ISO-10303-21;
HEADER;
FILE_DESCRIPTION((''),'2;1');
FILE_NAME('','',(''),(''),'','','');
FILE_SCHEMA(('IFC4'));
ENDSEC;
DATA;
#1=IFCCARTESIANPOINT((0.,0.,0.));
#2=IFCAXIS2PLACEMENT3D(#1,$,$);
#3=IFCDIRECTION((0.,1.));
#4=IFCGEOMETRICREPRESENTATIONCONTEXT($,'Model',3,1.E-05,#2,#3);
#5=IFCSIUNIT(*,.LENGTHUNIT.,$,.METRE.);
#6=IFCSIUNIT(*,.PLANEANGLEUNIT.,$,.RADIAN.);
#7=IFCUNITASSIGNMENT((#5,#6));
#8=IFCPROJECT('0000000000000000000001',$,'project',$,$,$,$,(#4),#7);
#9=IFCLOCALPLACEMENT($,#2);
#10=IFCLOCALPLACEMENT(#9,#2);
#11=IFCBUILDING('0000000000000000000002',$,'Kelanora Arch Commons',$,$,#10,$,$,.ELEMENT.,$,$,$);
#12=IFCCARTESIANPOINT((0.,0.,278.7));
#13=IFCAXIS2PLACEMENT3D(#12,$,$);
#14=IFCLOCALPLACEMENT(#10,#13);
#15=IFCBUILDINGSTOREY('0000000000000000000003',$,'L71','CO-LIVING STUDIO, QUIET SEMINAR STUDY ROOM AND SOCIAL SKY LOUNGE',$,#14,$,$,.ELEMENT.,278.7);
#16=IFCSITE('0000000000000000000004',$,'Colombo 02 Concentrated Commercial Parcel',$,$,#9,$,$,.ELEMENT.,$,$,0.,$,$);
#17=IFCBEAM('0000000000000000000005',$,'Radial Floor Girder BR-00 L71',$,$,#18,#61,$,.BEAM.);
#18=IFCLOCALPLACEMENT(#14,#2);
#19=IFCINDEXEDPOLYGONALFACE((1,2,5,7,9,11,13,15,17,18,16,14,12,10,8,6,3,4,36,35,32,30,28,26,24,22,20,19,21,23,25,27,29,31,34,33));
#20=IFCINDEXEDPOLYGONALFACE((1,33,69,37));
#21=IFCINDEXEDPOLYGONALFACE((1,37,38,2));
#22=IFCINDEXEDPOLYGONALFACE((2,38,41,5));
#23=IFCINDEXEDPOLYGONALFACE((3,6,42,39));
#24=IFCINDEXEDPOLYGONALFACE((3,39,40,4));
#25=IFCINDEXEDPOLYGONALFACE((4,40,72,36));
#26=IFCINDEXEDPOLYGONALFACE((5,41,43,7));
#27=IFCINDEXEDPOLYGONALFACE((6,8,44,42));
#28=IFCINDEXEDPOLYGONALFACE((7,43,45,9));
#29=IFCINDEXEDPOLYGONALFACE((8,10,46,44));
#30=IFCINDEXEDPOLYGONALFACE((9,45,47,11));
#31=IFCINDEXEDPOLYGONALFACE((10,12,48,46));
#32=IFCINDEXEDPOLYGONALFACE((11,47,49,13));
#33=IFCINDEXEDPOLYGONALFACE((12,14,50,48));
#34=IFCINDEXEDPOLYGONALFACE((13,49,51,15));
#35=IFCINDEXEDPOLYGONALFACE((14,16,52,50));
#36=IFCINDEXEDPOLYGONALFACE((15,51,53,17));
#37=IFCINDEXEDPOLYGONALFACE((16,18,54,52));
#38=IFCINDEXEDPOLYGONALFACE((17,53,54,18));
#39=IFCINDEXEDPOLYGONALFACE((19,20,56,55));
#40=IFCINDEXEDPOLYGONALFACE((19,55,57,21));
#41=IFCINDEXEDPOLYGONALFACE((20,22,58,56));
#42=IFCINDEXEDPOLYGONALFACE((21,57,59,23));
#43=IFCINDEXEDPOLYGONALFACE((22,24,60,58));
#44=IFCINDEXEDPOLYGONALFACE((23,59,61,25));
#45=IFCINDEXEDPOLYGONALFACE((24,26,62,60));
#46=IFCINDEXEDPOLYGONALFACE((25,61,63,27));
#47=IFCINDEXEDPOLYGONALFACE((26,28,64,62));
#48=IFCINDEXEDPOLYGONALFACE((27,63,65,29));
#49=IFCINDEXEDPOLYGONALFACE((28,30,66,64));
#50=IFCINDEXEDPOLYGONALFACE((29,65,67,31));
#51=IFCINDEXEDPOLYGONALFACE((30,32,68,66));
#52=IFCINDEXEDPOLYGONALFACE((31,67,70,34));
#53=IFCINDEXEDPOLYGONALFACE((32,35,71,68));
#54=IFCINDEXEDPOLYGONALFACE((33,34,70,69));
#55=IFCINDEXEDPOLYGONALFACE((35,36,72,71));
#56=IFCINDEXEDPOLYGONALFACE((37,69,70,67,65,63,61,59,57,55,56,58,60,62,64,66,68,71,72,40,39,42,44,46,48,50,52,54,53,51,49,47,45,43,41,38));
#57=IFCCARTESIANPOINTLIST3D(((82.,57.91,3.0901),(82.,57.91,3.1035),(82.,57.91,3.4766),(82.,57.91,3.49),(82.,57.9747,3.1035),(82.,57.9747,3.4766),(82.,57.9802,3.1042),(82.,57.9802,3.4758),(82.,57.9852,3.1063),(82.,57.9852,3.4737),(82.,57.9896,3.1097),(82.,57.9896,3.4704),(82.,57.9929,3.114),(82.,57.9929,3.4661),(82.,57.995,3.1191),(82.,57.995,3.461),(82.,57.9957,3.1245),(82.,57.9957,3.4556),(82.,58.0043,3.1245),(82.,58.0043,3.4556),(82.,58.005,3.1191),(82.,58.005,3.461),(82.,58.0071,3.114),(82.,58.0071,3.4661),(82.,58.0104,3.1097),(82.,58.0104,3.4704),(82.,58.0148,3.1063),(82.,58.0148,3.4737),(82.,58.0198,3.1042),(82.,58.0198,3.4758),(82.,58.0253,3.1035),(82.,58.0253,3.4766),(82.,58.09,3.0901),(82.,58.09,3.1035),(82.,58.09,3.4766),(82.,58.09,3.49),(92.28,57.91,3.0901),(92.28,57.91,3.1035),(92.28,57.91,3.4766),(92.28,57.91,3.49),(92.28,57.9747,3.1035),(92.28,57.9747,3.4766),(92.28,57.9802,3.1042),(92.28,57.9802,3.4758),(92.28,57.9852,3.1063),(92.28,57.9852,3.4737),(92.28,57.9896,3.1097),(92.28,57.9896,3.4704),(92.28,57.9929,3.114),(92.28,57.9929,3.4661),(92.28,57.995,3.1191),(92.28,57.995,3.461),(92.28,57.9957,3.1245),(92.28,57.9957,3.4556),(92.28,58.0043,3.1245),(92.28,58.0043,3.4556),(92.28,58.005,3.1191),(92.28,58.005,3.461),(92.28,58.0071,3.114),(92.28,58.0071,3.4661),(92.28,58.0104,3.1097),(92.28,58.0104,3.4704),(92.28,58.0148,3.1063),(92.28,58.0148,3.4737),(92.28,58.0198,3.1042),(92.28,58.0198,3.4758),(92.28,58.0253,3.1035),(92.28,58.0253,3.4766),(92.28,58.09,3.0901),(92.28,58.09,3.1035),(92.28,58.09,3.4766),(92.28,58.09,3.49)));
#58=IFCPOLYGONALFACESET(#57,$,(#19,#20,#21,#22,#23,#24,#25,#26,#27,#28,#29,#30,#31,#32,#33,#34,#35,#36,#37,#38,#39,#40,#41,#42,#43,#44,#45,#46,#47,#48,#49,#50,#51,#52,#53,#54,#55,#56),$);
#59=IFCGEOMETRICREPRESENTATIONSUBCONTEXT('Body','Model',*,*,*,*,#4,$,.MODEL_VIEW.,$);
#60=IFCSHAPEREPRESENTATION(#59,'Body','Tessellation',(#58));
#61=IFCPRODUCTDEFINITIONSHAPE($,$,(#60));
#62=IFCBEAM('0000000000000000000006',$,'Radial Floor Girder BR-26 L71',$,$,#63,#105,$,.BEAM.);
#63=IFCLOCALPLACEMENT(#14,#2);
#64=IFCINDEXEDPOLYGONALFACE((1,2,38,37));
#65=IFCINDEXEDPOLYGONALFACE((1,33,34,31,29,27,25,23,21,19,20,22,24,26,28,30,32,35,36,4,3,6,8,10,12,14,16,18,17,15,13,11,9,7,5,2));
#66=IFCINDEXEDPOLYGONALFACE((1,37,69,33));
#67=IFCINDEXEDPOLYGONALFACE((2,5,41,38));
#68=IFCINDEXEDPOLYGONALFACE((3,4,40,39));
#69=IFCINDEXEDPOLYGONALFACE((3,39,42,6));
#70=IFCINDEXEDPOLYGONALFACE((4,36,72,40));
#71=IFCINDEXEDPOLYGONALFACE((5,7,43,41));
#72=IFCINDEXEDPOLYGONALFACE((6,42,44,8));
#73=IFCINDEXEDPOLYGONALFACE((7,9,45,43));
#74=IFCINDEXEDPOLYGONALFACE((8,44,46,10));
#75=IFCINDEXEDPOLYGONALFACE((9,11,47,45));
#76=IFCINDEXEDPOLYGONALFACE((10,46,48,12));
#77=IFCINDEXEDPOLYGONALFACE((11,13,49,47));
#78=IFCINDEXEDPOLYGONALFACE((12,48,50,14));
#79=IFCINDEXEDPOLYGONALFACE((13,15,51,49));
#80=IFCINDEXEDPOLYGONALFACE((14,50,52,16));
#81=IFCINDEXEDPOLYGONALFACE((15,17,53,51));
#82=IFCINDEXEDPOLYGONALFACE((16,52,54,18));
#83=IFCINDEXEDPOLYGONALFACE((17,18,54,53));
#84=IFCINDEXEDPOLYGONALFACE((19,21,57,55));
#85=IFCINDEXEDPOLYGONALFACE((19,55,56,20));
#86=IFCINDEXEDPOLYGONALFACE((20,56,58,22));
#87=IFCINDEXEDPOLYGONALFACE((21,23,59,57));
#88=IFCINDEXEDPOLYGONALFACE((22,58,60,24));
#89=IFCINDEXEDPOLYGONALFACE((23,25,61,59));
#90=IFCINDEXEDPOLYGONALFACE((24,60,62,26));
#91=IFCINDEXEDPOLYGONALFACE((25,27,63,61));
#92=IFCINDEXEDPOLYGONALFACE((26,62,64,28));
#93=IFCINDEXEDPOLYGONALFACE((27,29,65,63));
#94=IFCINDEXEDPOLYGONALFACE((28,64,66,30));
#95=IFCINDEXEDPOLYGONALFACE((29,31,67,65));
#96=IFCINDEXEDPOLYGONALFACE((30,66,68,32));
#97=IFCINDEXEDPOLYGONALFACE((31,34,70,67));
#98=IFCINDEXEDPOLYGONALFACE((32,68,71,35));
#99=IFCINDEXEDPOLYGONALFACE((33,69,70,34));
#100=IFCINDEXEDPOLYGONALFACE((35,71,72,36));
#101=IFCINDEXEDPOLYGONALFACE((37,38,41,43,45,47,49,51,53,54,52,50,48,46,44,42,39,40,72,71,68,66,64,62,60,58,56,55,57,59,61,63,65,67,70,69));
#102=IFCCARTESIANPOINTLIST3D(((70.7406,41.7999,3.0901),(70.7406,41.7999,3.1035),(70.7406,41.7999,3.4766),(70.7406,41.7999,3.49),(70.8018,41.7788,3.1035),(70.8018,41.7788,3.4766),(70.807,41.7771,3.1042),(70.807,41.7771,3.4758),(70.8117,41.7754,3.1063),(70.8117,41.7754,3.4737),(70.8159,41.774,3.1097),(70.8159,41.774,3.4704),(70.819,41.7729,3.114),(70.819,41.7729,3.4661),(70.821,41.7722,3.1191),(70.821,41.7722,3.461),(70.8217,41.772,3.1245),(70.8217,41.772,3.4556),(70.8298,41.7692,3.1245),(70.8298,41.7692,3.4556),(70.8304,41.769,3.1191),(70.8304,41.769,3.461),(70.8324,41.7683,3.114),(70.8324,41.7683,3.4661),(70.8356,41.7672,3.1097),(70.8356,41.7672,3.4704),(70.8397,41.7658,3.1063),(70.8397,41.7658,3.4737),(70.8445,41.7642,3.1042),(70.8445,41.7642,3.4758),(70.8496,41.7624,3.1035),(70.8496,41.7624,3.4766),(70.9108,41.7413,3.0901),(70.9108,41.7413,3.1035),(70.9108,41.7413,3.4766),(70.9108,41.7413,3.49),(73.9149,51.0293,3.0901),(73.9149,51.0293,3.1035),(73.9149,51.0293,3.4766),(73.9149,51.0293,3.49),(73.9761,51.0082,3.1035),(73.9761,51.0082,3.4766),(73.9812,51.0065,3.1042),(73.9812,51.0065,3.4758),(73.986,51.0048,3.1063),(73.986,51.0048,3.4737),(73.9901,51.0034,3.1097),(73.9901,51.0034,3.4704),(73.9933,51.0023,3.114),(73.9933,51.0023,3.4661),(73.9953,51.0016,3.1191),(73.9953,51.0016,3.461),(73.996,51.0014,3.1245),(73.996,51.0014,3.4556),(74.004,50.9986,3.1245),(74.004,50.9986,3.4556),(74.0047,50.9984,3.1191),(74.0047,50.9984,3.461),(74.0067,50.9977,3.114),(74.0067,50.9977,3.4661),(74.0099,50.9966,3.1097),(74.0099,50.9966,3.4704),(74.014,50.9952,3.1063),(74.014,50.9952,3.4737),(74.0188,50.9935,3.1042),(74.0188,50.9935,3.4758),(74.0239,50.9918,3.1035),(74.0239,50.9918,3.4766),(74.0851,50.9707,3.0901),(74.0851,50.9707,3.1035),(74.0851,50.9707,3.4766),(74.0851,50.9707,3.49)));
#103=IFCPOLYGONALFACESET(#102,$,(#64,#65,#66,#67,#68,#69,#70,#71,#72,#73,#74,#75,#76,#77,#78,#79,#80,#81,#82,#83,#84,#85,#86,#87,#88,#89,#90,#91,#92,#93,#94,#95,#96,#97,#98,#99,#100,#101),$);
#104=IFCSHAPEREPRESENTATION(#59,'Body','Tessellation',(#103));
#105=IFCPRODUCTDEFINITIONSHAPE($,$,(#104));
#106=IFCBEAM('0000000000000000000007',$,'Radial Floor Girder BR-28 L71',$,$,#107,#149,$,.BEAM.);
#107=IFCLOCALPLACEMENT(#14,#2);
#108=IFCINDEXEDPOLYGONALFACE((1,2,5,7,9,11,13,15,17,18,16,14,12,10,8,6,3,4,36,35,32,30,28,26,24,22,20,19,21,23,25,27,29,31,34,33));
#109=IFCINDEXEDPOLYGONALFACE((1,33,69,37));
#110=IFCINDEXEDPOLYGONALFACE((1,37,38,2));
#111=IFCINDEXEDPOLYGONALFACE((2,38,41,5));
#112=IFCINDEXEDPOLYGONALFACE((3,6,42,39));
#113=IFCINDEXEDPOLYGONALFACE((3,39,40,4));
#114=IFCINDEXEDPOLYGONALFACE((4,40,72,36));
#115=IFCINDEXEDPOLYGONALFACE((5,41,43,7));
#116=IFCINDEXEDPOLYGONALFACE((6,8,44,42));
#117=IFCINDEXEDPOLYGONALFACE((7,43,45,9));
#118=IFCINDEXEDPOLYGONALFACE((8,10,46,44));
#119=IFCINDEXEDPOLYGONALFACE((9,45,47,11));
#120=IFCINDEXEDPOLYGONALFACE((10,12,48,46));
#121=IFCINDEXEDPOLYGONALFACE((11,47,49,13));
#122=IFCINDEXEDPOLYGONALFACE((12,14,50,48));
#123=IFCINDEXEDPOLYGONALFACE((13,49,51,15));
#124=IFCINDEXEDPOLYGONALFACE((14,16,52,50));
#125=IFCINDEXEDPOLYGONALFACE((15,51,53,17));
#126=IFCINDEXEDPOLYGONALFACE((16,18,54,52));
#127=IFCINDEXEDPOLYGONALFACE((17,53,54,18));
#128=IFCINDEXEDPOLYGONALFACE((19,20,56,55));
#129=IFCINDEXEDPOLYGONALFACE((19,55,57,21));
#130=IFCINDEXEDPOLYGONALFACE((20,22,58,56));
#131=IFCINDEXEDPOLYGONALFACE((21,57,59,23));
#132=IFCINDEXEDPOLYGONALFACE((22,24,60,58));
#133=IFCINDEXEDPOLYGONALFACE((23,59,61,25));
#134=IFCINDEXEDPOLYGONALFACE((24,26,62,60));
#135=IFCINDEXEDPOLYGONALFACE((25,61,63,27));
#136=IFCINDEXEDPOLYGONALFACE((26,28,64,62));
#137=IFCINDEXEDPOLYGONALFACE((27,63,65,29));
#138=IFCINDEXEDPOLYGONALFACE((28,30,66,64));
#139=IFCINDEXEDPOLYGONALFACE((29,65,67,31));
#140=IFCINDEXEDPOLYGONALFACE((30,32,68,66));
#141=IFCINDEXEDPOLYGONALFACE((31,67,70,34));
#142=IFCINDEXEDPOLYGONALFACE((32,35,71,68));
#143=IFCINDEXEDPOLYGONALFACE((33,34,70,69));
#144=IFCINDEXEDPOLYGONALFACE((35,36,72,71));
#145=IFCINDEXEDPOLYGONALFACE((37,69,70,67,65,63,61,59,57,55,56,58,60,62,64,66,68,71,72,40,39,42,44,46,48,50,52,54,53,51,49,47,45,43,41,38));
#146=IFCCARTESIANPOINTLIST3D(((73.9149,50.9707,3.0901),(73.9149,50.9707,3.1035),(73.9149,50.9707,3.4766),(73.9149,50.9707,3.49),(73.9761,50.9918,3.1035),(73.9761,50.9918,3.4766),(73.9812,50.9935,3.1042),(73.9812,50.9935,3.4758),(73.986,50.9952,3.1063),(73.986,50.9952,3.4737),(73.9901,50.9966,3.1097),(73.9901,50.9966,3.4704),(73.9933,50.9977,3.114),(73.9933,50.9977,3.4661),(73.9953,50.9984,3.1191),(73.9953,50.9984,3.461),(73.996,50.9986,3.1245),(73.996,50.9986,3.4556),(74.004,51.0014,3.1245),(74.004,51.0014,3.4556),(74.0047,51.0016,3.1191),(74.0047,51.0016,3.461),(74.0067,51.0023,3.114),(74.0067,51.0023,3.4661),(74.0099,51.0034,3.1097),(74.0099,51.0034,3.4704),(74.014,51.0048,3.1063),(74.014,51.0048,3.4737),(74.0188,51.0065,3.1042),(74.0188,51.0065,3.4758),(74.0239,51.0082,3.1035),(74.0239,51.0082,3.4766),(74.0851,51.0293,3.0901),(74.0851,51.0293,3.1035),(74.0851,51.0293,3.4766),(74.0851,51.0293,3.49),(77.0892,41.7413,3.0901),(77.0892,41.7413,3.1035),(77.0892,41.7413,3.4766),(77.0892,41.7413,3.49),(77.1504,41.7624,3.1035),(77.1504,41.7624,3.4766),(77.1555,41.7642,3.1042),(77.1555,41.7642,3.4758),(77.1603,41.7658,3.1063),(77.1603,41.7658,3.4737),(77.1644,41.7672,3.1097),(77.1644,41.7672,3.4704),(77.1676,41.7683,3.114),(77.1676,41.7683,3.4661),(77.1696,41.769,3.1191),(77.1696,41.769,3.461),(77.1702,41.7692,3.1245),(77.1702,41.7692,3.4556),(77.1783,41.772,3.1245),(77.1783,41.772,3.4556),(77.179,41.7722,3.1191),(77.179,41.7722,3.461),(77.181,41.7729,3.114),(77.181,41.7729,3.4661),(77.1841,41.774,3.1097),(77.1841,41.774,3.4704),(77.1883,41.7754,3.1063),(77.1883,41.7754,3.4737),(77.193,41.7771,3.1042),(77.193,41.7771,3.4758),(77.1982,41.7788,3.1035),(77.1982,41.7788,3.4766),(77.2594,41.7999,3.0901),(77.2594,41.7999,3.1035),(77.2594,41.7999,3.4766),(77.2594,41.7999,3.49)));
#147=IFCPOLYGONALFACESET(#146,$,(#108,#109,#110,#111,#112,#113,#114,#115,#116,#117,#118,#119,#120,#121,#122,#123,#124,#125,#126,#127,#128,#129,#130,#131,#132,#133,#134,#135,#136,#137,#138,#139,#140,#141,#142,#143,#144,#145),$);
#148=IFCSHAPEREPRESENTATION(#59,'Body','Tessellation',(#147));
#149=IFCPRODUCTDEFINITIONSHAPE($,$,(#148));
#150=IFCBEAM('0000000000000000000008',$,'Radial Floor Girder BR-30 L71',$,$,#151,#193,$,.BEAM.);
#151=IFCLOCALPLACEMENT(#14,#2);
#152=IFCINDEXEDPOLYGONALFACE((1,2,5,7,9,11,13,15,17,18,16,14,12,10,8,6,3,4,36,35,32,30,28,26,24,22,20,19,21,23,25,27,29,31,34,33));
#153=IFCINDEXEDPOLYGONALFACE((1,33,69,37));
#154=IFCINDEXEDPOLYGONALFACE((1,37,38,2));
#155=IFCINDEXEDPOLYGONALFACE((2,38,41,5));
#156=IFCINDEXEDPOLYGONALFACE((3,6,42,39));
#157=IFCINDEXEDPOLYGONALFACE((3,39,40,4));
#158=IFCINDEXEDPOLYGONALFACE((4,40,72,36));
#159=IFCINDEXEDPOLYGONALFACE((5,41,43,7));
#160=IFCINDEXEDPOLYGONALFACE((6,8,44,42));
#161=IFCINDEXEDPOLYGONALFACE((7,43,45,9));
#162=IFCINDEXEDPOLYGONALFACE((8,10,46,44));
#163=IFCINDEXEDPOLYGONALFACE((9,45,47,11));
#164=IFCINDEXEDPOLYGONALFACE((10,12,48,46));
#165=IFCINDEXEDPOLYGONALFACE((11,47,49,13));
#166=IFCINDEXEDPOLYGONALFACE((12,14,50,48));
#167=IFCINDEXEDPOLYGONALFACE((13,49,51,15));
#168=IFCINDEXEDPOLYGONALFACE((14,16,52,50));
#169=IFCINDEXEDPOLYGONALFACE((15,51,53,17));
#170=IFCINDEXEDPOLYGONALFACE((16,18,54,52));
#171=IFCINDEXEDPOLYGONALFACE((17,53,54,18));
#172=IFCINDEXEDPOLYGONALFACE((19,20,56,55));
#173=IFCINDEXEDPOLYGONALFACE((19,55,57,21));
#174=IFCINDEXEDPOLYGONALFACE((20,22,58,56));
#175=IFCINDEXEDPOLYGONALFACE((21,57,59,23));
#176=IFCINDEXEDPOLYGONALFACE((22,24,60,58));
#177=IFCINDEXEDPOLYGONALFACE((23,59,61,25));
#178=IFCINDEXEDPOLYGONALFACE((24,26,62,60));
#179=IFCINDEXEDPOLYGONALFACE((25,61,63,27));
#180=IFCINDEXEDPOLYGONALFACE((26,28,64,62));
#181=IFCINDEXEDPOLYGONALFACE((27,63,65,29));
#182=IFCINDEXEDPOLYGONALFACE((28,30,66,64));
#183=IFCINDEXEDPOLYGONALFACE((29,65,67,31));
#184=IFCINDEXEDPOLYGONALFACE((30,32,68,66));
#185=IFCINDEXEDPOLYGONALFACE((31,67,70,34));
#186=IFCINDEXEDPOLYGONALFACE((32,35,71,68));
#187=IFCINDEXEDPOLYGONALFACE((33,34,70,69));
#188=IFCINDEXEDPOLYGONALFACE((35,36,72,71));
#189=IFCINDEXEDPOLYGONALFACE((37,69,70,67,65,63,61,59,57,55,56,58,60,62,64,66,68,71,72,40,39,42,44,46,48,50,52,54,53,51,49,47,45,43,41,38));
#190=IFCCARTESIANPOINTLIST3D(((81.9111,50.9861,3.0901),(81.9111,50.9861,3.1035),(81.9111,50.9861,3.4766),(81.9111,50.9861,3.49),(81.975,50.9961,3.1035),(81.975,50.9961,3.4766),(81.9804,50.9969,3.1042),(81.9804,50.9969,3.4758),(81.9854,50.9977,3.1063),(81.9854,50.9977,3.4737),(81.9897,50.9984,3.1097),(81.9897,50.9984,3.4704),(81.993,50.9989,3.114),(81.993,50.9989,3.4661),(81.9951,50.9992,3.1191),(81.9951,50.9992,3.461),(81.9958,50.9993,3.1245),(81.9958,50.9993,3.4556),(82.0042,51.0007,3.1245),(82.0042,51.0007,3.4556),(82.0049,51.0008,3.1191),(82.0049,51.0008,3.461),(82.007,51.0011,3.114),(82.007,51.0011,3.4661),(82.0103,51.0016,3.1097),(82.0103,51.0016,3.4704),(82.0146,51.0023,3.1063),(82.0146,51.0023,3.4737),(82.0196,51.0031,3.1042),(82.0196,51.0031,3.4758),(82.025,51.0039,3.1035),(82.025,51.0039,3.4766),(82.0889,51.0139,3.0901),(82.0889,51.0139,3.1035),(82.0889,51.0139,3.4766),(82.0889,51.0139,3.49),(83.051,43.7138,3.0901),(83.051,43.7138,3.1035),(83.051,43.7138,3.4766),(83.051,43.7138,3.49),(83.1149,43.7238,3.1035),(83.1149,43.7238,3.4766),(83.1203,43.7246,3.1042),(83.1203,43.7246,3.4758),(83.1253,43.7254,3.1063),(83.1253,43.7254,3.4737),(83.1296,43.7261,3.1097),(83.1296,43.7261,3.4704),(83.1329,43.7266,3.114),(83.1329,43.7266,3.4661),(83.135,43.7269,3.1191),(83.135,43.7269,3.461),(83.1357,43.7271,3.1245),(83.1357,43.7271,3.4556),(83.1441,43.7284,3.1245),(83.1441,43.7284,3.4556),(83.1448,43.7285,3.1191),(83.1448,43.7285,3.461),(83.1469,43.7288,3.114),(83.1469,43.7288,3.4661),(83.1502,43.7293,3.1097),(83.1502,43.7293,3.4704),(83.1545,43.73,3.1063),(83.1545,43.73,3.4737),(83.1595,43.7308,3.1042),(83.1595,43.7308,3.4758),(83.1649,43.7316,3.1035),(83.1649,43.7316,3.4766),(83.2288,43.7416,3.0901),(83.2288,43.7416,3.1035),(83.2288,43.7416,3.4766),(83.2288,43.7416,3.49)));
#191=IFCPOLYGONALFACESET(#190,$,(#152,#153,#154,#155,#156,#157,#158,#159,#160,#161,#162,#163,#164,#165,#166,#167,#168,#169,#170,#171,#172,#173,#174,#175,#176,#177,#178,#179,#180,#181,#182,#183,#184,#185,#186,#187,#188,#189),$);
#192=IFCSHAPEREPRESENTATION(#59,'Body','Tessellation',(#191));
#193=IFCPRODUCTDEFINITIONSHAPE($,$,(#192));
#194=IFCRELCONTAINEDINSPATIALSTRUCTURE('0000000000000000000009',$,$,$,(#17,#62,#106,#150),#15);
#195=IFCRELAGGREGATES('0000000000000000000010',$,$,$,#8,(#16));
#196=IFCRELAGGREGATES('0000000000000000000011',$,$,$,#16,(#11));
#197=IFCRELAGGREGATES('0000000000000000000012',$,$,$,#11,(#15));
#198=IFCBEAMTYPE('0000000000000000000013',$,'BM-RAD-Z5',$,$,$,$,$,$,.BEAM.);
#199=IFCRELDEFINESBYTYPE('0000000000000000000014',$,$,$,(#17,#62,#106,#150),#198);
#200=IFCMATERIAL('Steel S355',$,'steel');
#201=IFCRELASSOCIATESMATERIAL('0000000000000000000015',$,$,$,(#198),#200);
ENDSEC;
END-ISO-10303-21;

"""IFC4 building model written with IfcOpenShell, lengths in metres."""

from ifc_helpers import new_model, si_unit, direction, frame, origin, origin_2d, place, context, subcontext, project, spatial, i_section, extrude, material, material_profile, profile_set, type_object, element, save


model = new_model("IFC4")

# Units and contexts
model_context = context("Model", 3, precision=1e-05, world=origin(), true_north=direction((0.0, 1.0)))
body_context = subcontext(model_context, "Body", "Model", "MODEL_VIEW")
ifc_project = project(units=[si_unit("LENGTHUNIT", "METRE"), si_unit("PLANEANGLEUNIT", "RADIAN")], contexts=[model_context])

# Site, building, storey
site_placement = place(None, origin())
site = spatial("IfcSite", under=ifc_project, at=site_placement, Name="Colombo 02 Concentrated Commercial Parcel", CompositionType="ELEMENT", RefElevation=0.0)
building_placement = place(site_placement, origin())
building = spatial("IfcBuilding", under=site, at=building_placement, Name="Kelanora Arch Commons", CompositionType="ELEMENT")
storey_placement = place(building_placement, frame((0.0, 0.0, 278.7)))
storey = spatial("IfcBuildingStorey", under=building, at=storey_placement, Name="L71", Description="CO-LIVING STUDIO, QUIET SEMINAR STUDY ROOM AND SOCIAL SKY LOUNGE", CompositionType="ELEMENT", Elevation=278.7)

# Beams
ifc_material_1 = material(Name="Steel S355", Category="steel")
ifc_material_profile_1 = material_profile(ifc_material_1, i_section(OverallWidth=0.1799, OverallDepth=0.3999, WebThickness=0.0085, FlangeThickness=0.0134, FilletRadius=0.021, at=origin_2d()), Name="IPE400")
ifc_profile_set_1 = profile_set([ifc_material_profile_1], Name="Steel S355")
beam_type_1 = type_object("IfcBeamType", Name="BM-RAD-Z5", PredefinedType="BEAM", material=ifc_profile_set_1)
beam_1_placement = place(storey_placement, frame((82.0, 58.0, 3.29), z_axis=(1.0, 0.0, 0.0), x_axis=(0.0, 1.0, 0.0)))
element("IfcBeam", 1, at=beam_1_placement, inside=storey, type_object=beam_type_1, Name="Radial Floor Girder BR-00 L71", PredefinedType="BEAM", context=body_context, shape_type="SweptSolid", body=[
    extrude(i_section(OverallWidth=0.1799, OverallDepth=0.3999, WebThickness=0.0085, FlangeThickness=0.0134, FilletRadius=0.021, at=origin_2d()), origin(), (0.0, 0.0, 1.0), 10.28),
])
for number, where, z_axis, x_axis, name in (
    (2, (74.0, 51.0, 3.29), (-0.325234, -0.945634, 0.0), (0.945634, -0.325234, 0.0), "Radial Floor Girder BR-26 L71"),
    (3, (74.0, 51.0, 3.29), (0.325234, -0.945634, 0.0), (0.945634, 0.325234, 0.0), "Radial Floor Girder BR-28 L71"),
):
    element("IfcBeam", number, at=place(storey_placement, frame(where, z_axis=z_axis, x_axis=x_axis)), inside=storey, type_object=beam_type_1, Name=name, PredefinedType="BEAM", context=body_context, shape_type="SweptSolid", body=[
        extrude(i_section(OverallWidth=0.1799, OverallDepth=0.3999, WebThickness=0.0085, FlangeThickness=0.0134, FilletRadius=0.021, at=origin_2d()), origin(), (0.0, 0.0, 1.0), 9.76),
    ])
beam_2_placement = place(storey_placement, frame((82.0, 51.0, 3.29), z_axis=(0.154855, -0.987937, 0.0), x_axis=(0.987937, 0.154855, 0.0)))
element("IfcBeam", 4, at=beam_2_placement, inside=storey, type_object=beam_type_1, Name="Radial Floor Girder BR-30 L71", PredefinedType="BEAM", context=body_context, shape_type="SweptSolid", body=[
    extrude(i_section(OverallWidth=0.1799, OverallDepth=0.3999, WebThickness=0.0085, FlangeThickness=0.0134, FilletRadius=0.021, at=origin_2d()), origin(), (0.0, 0.0, 1.0), 7.3611),
])

save(model, "model.ifc")
